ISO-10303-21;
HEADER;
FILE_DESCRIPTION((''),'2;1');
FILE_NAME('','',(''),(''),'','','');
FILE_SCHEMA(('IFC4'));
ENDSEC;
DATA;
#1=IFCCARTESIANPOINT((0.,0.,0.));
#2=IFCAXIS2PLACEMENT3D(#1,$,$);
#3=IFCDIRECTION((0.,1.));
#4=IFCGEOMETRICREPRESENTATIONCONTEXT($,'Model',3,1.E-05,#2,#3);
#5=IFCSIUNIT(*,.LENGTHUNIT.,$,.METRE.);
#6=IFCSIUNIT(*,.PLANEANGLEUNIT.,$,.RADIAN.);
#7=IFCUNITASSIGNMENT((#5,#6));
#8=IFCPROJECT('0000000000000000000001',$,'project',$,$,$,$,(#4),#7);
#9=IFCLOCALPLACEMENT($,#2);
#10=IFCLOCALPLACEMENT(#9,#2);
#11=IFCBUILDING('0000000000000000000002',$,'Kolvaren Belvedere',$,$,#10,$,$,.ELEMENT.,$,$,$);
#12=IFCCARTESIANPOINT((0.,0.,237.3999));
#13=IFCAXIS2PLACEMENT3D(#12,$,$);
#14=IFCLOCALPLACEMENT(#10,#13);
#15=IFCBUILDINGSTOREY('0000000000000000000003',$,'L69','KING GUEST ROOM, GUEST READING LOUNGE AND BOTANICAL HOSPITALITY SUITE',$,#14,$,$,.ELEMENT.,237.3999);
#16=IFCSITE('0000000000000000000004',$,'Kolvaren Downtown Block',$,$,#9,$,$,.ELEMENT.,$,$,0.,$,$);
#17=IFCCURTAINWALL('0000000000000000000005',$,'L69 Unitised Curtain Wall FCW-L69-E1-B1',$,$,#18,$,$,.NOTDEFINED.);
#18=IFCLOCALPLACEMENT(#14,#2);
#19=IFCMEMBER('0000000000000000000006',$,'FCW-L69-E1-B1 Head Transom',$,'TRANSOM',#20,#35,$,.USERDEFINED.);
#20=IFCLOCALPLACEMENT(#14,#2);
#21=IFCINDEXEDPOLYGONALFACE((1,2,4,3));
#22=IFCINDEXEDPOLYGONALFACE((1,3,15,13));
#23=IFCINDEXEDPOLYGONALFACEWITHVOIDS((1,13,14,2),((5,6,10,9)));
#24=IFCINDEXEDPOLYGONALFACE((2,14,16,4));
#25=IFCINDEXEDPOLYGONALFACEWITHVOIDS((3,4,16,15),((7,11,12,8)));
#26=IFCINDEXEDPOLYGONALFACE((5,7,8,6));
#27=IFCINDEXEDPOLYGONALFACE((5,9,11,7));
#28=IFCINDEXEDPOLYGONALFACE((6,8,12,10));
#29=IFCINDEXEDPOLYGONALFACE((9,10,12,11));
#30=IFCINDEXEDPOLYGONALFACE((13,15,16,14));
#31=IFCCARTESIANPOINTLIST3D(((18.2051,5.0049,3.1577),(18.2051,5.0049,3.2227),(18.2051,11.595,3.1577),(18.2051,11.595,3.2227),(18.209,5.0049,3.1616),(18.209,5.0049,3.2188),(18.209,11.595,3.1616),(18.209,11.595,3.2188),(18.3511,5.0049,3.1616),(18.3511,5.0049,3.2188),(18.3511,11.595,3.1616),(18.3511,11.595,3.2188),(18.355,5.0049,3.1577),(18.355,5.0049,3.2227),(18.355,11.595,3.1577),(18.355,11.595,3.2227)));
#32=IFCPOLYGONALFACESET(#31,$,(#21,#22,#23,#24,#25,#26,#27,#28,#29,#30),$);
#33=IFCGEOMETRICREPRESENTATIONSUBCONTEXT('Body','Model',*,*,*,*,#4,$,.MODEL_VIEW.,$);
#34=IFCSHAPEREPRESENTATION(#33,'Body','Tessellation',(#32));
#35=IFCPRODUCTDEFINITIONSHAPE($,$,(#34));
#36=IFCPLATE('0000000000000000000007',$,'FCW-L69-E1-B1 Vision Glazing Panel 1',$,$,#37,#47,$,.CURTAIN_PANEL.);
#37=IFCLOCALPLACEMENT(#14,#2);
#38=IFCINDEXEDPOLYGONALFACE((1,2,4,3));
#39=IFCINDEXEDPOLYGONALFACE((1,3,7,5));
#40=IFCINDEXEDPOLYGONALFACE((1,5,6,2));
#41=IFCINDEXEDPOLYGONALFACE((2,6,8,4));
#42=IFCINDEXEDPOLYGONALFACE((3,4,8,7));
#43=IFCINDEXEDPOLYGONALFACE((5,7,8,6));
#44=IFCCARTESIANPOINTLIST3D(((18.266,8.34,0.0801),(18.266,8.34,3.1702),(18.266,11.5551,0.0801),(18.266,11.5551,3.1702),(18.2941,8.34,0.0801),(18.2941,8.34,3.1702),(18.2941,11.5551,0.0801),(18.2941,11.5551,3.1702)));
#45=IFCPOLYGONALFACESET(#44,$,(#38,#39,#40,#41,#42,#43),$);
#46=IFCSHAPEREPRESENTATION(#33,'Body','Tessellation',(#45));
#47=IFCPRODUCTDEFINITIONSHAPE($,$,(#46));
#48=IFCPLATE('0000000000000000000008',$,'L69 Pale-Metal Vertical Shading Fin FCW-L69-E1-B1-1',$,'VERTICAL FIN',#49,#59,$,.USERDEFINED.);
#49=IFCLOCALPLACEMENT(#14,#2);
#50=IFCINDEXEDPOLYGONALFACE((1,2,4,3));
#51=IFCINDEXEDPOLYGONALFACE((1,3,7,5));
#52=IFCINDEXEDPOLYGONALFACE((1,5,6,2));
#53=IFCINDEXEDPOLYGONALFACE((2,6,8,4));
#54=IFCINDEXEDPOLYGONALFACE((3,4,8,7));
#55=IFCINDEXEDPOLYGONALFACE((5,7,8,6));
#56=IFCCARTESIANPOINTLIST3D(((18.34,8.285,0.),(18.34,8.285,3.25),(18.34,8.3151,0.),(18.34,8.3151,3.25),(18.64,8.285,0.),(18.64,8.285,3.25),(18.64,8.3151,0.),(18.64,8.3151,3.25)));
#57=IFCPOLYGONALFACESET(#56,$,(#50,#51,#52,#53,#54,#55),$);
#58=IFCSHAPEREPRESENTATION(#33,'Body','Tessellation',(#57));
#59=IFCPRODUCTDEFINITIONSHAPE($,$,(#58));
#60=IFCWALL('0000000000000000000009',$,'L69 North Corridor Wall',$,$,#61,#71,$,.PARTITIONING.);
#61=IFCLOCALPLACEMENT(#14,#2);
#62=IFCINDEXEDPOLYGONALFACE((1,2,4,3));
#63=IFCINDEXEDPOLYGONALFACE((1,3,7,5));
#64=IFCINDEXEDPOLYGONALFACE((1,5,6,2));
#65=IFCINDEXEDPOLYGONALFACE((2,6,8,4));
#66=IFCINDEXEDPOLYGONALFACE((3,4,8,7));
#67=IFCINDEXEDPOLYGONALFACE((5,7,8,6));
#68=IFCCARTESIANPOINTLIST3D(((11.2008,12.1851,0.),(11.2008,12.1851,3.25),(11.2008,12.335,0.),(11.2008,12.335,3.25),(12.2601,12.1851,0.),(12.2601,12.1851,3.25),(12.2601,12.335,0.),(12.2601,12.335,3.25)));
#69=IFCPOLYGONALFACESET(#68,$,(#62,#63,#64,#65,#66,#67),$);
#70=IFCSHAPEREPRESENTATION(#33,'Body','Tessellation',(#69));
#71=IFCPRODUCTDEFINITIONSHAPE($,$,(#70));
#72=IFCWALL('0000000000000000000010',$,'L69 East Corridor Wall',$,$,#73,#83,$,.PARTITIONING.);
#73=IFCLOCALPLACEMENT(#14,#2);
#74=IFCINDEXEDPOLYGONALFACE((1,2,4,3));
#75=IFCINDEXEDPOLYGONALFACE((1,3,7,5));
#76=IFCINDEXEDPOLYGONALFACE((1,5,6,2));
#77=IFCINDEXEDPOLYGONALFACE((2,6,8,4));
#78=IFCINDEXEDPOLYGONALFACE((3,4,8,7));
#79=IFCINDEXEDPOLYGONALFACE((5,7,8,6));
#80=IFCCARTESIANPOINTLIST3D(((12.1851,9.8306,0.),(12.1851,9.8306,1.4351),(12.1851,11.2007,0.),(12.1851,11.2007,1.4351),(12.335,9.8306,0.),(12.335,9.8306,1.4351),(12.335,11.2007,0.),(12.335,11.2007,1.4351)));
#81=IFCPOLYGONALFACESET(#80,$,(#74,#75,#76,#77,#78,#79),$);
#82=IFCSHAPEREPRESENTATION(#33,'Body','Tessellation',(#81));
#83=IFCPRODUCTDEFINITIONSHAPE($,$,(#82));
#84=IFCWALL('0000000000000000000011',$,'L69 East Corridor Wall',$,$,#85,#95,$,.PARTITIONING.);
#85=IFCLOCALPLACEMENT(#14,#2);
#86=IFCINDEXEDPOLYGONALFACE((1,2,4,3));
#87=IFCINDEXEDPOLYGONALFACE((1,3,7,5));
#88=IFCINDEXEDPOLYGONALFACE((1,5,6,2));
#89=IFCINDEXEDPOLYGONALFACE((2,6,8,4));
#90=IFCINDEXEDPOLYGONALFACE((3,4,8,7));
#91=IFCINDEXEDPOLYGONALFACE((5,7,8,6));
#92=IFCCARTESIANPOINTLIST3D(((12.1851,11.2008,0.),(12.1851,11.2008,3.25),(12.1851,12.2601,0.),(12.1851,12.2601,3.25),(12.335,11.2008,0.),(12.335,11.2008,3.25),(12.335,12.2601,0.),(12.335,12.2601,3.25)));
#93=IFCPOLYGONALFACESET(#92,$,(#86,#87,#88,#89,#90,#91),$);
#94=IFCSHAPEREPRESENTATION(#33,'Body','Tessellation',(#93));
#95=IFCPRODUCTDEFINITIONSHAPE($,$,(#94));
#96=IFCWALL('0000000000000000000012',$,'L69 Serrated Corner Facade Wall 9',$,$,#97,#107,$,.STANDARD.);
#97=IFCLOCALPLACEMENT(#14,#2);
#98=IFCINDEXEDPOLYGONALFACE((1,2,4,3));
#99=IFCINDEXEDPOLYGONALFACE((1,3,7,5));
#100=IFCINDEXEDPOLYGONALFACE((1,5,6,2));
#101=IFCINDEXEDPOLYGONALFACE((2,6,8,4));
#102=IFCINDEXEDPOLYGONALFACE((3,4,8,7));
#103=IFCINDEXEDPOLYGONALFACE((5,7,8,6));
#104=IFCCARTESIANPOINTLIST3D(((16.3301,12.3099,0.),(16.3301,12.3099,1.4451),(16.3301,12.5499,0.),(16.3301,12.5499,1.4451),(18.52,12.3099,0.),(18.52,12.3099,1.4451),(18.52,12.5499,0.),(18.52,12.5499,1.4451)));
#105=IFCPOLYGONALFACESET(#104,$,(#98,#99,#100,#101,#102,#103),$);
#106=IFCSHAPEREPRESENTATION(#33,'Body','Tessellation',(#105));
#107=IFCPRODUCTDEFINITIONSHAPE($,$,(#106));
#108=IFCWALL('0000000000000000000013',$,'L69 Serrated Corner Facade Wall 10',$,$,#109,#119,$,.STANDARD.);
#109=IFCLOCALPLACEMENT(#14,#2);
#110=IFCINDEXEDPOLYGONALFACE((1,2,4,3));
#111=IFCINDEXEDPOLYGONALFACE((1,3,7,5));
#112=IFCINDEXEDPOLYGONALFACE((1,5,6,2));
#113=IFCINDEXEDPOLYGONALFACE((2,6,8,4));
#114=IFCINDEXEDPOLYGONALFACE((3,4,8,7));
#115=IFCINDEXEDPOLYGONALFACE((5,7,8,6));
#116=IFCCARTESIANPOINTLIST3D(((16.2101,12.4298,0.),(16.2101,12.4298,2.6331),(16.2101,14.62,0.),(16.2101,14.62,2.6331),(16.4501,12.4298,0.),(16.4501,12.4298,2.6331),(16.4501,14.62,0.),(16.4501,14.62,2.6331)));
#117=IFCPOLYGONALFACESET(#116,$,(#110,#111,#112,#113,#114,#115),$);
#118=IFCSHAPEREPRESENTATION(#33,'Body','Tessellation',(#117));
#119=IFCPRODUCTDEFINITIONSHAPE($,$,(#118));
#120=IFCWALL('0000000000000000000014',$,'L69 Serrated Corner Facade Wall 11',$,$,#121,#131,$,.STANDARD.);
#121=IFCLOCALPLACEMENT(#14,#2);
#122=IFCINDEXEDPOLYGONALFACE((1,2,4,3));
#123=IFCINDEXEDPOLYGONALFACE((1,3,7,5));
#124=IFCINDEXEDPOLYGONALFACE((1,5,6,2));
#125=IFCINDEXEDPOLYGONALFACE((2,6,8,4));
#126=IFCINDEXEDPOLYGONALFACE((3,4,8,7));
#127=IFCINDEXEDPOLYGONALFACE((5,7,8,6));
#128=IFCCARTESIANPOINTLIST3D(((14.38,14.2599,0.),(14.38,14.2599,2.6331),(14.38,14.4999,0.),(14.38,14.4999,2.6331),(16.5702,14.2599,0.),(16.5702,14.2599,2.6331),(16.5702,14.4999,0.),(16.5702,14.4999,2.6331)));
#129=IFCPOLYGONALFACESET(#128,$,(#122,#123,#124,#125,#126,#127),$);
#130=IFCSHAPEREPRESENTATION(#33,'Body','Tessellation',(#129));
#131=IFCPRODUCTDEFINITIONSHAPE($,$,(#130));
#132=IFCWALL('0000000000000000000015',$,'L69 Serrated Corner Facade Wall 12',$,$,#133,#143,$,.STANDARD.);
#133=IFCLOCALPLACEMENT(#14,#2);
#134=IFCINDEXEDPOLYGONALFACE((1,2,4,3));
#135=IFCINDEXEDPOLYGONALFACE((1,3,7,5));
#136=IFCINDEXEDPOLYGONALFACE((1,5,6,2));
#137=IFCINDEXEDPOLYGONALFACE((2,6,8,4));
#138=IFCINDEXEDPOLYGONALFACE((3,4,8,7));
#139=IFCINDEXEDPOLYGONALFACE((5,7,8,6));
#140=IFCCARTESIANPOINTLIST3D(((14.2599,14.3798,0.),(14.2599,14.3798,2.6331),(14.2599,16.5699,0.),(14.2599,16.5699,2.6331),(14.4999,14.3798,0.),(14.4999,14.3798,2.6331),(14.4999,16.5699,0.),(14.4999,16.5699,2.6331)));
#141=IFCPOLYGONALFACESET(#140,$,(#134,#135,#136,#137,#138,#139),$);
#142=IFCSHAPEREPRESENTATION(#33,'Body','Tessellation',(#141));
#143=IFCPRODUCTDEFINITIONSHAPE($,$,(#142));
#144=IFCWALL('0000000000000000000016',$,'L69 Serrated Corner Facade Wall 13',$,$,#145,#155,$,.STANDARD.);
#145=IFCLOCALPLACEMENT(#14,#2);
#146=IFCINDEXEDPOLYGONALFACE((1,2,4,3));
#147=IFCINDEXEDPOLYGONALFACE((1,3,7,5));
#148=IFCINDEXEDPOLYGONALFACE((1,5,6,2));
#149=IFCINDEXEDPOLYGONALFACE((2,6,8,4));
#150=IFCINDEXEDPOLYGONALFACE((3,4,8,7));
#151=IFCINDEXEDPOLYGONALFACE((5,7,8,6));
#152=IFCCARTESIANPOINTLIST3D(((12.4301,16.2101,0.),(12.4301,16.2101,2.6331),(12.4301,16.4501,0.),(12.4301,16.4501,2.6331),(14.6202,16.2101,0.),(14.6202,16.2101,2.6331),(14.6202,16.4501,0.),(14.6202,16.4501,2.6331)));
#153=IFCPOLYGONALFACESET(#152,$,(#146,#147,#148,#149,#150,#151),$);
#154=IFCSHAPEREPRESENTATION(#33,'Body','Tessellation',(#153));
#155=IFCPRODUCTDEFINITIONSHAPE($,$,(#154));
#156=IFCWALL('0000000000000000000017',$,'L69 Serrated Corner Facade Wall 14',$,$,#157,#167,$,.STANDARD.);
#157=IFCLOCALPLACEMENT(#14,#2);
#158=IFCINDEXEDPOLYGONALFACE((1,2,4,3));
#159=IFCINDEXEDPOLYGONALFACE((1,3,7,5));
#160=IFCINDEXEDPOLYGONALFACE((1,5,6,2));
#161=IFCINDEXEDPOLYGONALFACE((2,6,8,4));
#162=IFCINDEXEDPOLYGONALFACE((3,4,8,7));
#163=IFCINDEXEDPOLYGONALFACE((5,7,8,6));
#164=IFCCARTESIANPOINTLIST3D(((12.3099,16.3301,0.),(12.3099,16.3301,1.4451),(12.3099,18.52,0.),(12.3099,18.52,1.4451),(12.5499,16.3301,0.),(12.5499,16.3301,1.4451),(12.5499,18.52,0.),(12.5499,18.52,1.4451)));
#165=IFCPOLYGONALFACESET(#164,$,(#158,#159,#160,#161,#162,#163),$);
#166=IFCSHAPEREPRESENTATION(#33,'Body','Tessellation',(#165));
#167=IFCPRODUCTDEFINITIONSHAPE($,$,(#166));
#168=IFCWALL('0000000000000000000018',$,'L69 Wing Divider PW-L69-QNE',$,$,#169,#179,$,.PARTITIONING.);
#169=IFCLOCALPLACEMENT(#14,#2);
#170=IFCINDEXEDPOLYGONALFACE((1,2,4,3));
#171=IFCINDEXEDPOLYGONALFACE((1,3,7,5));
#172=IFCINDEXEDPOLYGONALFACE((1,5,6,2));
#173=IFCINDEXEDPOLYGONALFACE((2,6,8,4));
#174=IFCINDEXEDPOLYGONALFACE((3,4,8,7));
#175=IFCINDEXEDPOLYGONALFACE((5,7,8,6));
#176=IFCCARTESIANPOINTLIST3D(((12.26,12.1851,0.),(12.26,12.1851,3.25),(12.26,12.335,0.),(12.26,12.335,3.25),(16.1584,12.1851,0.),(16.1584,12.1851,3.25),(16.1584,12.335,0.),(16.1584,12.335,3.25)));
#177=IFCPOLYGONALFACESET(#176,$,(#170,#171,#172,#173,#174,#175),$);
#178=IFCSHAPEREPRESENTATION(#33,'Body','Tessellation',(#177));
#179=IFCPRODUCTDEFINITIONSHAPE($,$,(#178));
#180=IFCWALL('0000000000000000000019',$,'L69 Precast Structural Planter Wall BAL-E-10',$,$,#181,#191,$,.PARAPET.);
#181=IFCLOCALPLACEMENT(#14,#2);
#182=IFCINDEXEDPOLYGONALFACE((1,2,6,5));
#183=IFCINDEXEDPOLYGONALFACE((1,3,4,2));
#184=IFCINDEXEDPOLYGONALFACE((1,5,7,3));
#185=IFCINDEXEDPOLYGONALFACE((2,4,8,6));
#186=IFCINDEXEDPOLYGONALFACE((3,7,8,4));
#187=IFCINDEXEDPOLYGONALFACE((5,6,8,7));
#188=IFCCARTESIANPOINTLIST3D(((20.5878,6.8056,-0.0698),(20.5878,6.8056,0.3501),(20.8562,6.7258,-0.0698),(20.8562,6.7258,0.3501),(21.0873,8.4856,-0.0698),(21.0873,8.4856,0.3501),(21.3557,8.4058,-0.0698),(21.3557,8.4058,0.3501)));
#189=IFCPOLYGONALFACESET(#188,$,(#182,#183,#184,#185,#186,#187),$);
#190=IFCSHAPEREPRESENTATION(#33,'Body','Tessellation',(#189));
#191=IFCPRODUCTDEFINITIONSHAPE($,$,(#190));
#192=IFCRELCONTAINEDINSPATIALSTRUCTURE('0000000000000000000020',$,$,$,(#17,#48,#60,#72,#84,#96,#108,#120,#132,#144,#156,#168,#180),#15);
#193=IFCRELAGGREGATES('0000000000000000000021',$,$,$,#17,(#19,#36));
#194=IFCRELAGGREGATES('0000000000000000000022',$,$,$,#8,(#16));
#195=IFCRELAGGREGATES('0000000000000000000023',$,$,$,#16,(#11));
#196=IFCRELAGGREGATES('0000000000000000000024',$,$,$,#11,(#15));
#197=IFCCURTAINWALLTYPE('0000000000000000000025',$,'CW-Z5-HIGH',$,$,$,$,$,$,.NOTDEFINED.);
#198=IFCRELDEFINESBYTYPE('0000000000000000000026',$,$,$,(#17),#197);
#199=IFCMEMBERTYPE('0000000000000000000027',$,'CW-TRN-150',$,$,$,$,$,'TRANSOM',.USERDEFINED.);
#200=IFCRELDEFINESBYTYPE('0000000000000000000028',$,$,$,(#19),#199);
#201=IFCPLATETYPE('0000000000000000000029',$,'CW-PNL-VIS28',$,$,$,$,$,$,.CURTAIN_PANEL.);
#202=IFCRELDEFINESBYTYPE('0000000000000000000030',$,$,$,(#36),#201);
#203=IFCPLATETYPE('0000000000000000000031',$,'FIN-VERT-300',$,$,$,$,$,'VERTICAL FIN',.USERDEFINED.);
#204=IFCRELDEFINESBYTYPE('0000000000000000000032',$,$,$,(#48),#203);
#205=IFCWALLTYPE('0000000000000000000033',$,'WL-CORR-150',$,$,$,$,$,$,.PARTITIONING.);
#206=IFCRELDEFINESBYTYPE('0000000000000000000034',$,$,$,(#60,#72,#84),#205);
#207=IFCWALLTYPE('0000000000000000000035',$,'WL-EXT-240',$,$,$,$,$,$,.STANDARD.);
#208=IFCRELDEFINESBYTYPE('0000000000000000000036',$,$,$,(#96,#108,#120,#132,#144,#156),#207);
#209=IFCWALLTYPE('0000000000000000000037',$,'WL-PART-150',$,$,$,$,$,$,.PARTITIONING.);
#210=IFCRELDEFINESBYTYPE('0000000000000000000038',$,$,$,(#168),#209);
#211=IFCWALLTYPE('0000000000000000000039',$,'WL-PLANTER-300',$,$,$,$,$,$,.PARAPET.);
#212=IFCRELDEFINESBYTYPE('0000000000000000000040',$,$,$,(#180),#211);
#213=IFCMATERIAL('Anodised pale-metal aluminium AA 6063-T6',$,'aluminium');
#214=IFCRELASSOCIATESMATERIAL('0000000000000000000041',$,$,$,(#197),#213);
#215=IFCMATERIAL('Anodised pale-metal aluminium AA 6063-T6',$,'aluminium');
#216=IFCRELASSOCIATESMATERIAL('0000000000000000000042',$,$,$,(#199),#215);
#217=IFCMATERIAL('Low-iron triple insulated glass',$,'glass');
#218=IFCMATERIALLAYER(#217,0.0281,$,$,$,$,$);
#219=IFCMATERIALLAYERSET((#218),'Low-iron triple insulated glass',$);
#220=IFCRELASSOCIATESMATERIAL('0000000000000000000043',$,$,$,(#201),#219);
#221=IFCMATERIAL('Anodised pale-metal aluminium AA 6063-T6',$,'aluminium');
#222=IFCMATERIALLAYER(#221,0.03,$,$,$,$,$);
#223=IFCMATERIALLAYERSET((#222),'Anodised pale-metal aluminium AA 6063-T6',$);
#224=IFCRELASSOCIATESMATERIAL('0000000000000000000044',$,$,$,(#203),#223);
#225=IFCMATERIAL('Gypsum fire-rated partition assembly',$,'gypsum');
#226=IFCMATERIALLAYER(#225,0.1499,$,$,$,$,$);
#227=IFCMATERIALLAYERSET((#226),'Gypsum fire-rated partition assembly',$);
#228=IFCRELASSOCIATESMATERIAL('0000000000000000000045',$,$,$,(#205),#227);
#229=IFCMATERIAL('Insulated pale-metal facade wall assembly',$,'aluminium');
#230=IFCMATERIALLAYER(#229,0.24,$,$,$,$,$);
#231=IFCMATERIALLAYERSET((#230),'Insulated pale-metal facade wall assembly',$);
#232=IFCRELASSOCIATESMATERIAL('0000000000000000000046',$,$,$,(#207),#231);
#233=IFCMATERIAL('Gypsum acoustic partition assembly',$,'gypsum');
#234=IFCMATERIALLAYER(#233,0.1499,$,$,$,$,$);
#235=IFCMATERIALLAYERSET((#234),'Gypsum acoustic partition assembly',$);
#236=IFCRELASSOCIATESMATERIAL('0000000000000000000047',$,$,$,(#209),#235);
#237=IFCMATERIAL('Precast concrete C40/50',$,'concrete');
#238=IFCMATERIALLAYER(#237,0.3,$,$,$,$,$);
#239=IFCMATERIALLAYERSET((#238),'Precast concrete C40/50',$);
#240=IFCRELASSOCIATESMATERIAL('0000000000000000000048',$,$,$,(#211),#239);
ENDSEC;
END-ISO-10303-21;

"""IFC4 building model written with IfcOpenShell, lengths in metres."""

from ifc_helpers import new_model, si_unit, direction, frame, frame_2d, origin, origin_2d, place, context, subcontext, project, spatial, rectangle, hollow_rectangle, extrude, material, layer, layer_set, material_profile, profile_set, type_object, element, aggregate, save


model = new_model("IFC4")

# Units and contexts
model_context = context("Model", 3, precision=1e-05, world=origin(), true_north=direction((0.0, 1.0)))
body_context = subcontext(model_context, "Body", "Model", "MODEL_VIEW")
ifc_project = project(units=[si_unit("LENGTHUNIT", "METRE"), si_unit("PLANEANGLEUNIT", "RADIAN")], contexts=[model_context])

# Site, building, storey
site_placement = place(None, origin())
site = spatial("IfcSite", under=ifc_project, at=site_placement, Name="Kolvaren Downtown Block", CompositionType="ELEMENT", RefElevation=0.0)
building_placement = place(site_placement, origin())
building = spatial("IfcBuilding", under=site, at=building_placement, Name="Kolvaren Belvedere", CompositionType="ELEMENT")
storey_placement = place(building_placement, frame((0.0, 0.0, 237.3999)))
storey = spatial("IfcBuildingStorey", under=building, at=storey_placement, Name="L69", Description="KING GUEST ROOM, GUEST READING LOUNGE AND BOTANICAL HOSPITALITY SUITE", CompositionType="ELEMENT", Elevation=237.3999)

# Curtain wall
ifc_material_1 = material(Name="Anodised pale-metal aluminium AA 6063-T6", Category="aluminium")
curtain_wall_type = type_object("IfcCurtainWallType", Name="CW-Z5-HIGH", PredefinedType="NOTDEFINED", material=ifc_material_1)
curtain_wall_1_placement = place(storey_placement, origin())
curtain_wall_1 = element("IfcCurtainWall", 1, at=curtain_wall_1_placement, inside=storey, type_object=curtain_wall_type, Name="L69 Unitised Curtain Wall FCW-L69-E1-B1", PredefinedType="NOTDEFINED")

# Member
ifc_material_2 = material(Name="Anodised pale-metal aluminium AA 6063-T6", Category="aluminium")
ifc_material_profile_1 = material_profile(ifc_material_2, hollow_rectangle(XDim=0.0649, YDim=0.1499, WallThickness=0.0039, at=origin_2d()), Name="ALU-TRN-150X65")
ifc_profile_set_1 = profile_set([ifc_material_profile_1], Name="Anodised pale-metal aluminium AA 6063-T6")
member_type_1 = type_object("IfcMemberType", Name="CW-TRN-150", ElementType="TRANSOM", PredefinedType="USERDEFINED", material=ifc_profile_set_1)
member_1_placement = place(storey_placement, frame((18.28, 11.595, 3.1902), z_axis=(0.0, -1.0, 0.0), x_axis=(0.0, 0.0, 1.0)))
member_1 = element("IfcMember", 2, at=member_1_placement, type_object=member_type_1, Name="FCW-L69-E1-B1 Head Transom", ObjectType="TRANSOM", PredefinedType="USERDEFINED", context=body_context, shape_type="SweptSolid", body=[
    extrude(hollow_rectangle(XDim=0.0649, YDim=0.1499, WallThickness=0.0039, at=origin_2d()), origin(), (0.0, 0.0, 1.0), 6.5901),
])

# Plates
ifc_material_3 = material(Name="Low-iron triple insulated glass", Category="glass")
ifc_layer_1 = layer(ifc_material_3, 0.0281)
ifc_layer_set_1 = layer_set([ifc_layer_1], Name="Low-iron triple insulated glass")
plate_type_1 = type_object("IfcPlateType", Name="CW-PNL-VIS28", PredefinedType="CURTAIN_PANEL", material=ifc_layer_set_1)
plate_1_placement = place(storey_placement, frame((18.28, 9.9475, 0.0801), z_axis=(0.0, 0.0, 1.0), x_axis=(0.0, -1.0, 0.0)))
plate_1 = element("IfcPlate", 3, at=plate_1_placement, type_object=plate_type_1, Name="FCW-L69-E1-B1 Vision Glazing Panel 1", PredefinedType="CURTAIN_PANEL", context=body_context, shape_type="SweptSolid", body=[
    extrude(rectangle(XDim=3.2151, YDim=0.0281, at=origin_2d()), origin(), (0.0, 0.0, 1.0), 3.0901),
])
aggregate(curtain_wall_1, [member_1, plate_1])
ifc_material_4 = material(Name="Anodised pale-metal aluminium AA 6063-T6", Category="aluminium")
ifc_layer_2 = layer(ifc_material_4, 0.03)
ifc_layer_set_2 = layer_set([ifc_layer_2], Name="Anodised pale-metal aluminium AA 6063-T6")
plate_type_2 = type_object("IfcPlateType", Name="FIN-VERT-300", ElementType="VERTICAL FIN", PredefinedType="USERDEFINED", material=ifc_layer_set_2)
plate_2_placement = place(storey_placement, frame((18.49, 8.3, 0.0), z_axis=(0.0, 0.0, 1.0), x_axis=(1.0, 0.0, 0.0)))
element("IfcPlate", 4, at=plate_2_placement, inside=storey, type_object=plate_type_2, Name="L69 Pale-Metal Vertical Shading Fin FCW-L69-E1-B1-1", ObjectType="VERTICAL FIN", PredefinedType="USERDEFINED", context=body_context, shape_type="SweptSolid", body=[
    extrude(rectangle(XDim=0.3, YDim=0.03, at=origin_2d()), origin(), (0.0, 0.0, 1.0), 3.25),
])

# Walls
ifc_material_5 = material(Name="Gypsum fire-rated partition assembly", Category="gypsum")
ifc_layer_3 = layer(ifc_material_5, 0.1499)
ifc_layer_set_3 = layer_set([ifc_layer_3], Name="Gypsum fire-rated partition assembly")
wall_type_1 = type_object("IfcWallType", Name="WL-CORR-150", PredefinedType="PARTITIONING", material=ifc_layer_set_3)
wall_1_placement = place(storey_placement, frame((11.2007, 12.26, 0.0), z_axis=(0.0, 0.0, 1.0), x_axis=(1.0, 0.0, 0.0)))
element("IfcWall", 5, at=wall_1_placement, inside=storey, type_object=wall_type_1, Name="L69 North Corridor Wall", PredefinedType="PARTITIONING", context=body_context, shape_type="SweptSolid", body=[
    extrude(rectangle(XDim=1.0593, YDim=0.1499, at=frame_2d((0.5298, 0.0))), origin(), (0.0, 0.0, 1.0), 3.25),
])
wall_2_placement = place(storey_placement, frame((12.26, 9.8306, 0.0), z_axis=(0.0, 0.0, 1.0), x_axis=(0.0, 1.0, 0.0)))
element("IfcWall", 6, at=wall_2_placement, inside=storey, type_object=wall_type_1, Name="L69 East Corridor Wall", PredefinedType="PARTITIONING", context=body_context, shape_type="SweptSolid", body=[
    extrude(rectangle(XDim=1.3701, YDim=0.1499, at=frame_2d((0.6851, 0.0))), origin(), (0.0, 0.0, 1.0), 1.4351),
])
wall_3_placement = place(storey_placement, frame((12.26, 11.2007, 0.0), z_axis=(0.0, 0.0, 1.0), x_axis=(0.0, 1.0, 0.0)))
element("IfcWall", 7, at=wall_3_placement, inside=storey, type_object=wall_type_1, Name="L69 East Corridor Wall", PredefinedType="PARTITIONING", context=body_context, shape_type="SweptSolid", body=[
    extrude(rectangle(XDim=1.0593, YDim=0.1499, at=frame_2d((0.5298, 0.0))), origin(), (0.0, 0.0, 1.0), 3.25),
])
ifc_material_6 = material(Name="Insulated pale-metal facade wall assembly", Category="aluminium")
ifc_layer_4 = layer(ifc_material_6, 0.24)
ifc_layer_set_4 = layer_set([ifc_layer_4], Name="Insulated pale-metal facade wall assembly")
wall_type_2 = type_object("IfcWallType", Name="WL-EXT-240", PredefinedType="STANDARD", material=ifc_layer_set_4)
wall_4_placement = place(storey_placement, frame((16.3301, 12.4299, 0.0), z_axis=(0.0, 0.0, 1.0), x_axis=(1.0, 0.0, 0.0)))
element("IfcWall", 8, at=wall_4_placement, inside=storey, type_object=wall_type_2, Name="L69 Serrated Corner Facade Wall 9", PredefinedType="STANDARD", context=body_context, shape_type="SweptSolid", body=[
    extrude(rectangle(XDim=2.1899, YDim=0.24, at=frame_2d((1.095, 0.0))), origin(), (0.0, 0.0, 1.0), 1.4451),
])
for number, where, z_axis, x_axis, name in (
    (9, (16.3301, 14.6201, 0.0), (0.0, 0.0, 1.0), (0.0, -1.0, 0.0), "L69 Serrated Corner Facade Wall 10"),
    (10, (14.3799, 14.3799, 0.0), (0.0, 0.0, 1.0), (1.0, 0.0, 0.0), "L69 Serrated Corner Facade Wall 11"),
    (11, (14.3799, 16.5701, 0.0), (0.0, 0.0, 1.0), (0.0, -1.0, 0.0), "L69 Serrated Corner Facade Wall 12"),
    (12, (12.4299, 16.3301, 0.0), (0.0, 0.0, 1.0), (1.0, 0.0, 0.0), "L69 Serrated Corner Facade Wall 13"),
):
    element("IfcWall", number, at=place(storey_placement, frame(where, z_axis=z_axis, x_axis=x_axis)), inside=storey, type_object=wall_type_2, Name=name, PredefinedType="STANDARD", context=body_context, shape_type="SweptSolid", body=[
        extrude(rectangle(XDim=2.1902, YDim=0.24, at=frame_2d((1.0952, 0.0))), origin(), (0.0, 0.0, 1.0), 2.6331),
    ])
wall_5_placement = place(storey_placement, frame((12.4299, 18.52, 0.0), z_axis=(0.0, 0.0, 1.0), x_axis=(0.0, -1.0, 0.0)))
element("IfcWall", 13, at=wall_5_placement, inside=storey, type_object=wall_type_2, Name="L69 Serrated Corner Facade Wall 14", PredefinedType="STANDARD", context=body_context, shape_type="SweptSolid", body=[
    extrude(rectangle(XDim=2.1899, YDim=0.24, at=frame_2d((1.095, 0.0))), origin(), (0.0, 0.0, 1.0), 1.4451),
])
ifc_material_7 = material(Name="Gypsum acoustic partition assembly", Category="gypsum")
ifc_layer_5 = layer(ifc_material_7, 0.1499)
ifc_layer_set_5 = layer_set([ifc_layer_5], Name="Gypsum acoustic partition assembly")
wall_type_3 = type_object("IfcWallType", Name="WL-PART-150", PredefinedType="PARTITIONING", material=ifc_layer_set_5)
wall_6_placement = place(storey_placement, frame((12.26, 12.26, 0.0), z_axis=(0.0, 0.0, 1.0), x_axis=(1.0, 0.0, 0.0)))
element("IfcWall", 14, at=wall_6_placement, inside=storey, type_object=wall_type_3, Name="L69 Wing Divider PW-L69-QNE", PredefinedType="PARTITIONING", context=body_context, shape_type="SweptSolid", body=[
    extrude(rectangle(XDim=3.8984, YDim=0.1499, at=frame_2d((1.9492, 0.0))), origin(), (0.0, 0.0, 1.0), 3.25),
])
ifc_material_8 = material(Name="Precast concrete C40/50", Category="concrete")
ifc_layer_6 = layer(ifc_material_8, 0.3)
ifc_layer_set_6 = layer_set([ifc_layer_6], Name="Precast concrete C40/50")
wall_type_4 = type_object("IfcWallType", Name="WL-PLANTER-300", PredefinedType="PARAPET", material=ifc_layer_set_6)
wall_7_placement = place(storey_placement, frame((20.7219, 6.7656, -0.0698), z_axis=(0.0, 0.0, 1.0), x_axis=(0.285008, 0.958525, 0.0)))
element("IfcWall", 15, at=wall_7_placement, inside=storey, type_object=wall_type_4, Name="L69 Precast Structural Planter Wall BAL-E-10", PredefinedType="PARAPET", context=body_context, shape_type="SweptSolid", body=[
    extrude(rectangle(XDim=1.7527, YDim=0.28, at=frame_2d((0.8765, 0.0))), origin(), (0.0, 0.0, 1.0), 0.4199),
])

save(model, "model.ifc")
